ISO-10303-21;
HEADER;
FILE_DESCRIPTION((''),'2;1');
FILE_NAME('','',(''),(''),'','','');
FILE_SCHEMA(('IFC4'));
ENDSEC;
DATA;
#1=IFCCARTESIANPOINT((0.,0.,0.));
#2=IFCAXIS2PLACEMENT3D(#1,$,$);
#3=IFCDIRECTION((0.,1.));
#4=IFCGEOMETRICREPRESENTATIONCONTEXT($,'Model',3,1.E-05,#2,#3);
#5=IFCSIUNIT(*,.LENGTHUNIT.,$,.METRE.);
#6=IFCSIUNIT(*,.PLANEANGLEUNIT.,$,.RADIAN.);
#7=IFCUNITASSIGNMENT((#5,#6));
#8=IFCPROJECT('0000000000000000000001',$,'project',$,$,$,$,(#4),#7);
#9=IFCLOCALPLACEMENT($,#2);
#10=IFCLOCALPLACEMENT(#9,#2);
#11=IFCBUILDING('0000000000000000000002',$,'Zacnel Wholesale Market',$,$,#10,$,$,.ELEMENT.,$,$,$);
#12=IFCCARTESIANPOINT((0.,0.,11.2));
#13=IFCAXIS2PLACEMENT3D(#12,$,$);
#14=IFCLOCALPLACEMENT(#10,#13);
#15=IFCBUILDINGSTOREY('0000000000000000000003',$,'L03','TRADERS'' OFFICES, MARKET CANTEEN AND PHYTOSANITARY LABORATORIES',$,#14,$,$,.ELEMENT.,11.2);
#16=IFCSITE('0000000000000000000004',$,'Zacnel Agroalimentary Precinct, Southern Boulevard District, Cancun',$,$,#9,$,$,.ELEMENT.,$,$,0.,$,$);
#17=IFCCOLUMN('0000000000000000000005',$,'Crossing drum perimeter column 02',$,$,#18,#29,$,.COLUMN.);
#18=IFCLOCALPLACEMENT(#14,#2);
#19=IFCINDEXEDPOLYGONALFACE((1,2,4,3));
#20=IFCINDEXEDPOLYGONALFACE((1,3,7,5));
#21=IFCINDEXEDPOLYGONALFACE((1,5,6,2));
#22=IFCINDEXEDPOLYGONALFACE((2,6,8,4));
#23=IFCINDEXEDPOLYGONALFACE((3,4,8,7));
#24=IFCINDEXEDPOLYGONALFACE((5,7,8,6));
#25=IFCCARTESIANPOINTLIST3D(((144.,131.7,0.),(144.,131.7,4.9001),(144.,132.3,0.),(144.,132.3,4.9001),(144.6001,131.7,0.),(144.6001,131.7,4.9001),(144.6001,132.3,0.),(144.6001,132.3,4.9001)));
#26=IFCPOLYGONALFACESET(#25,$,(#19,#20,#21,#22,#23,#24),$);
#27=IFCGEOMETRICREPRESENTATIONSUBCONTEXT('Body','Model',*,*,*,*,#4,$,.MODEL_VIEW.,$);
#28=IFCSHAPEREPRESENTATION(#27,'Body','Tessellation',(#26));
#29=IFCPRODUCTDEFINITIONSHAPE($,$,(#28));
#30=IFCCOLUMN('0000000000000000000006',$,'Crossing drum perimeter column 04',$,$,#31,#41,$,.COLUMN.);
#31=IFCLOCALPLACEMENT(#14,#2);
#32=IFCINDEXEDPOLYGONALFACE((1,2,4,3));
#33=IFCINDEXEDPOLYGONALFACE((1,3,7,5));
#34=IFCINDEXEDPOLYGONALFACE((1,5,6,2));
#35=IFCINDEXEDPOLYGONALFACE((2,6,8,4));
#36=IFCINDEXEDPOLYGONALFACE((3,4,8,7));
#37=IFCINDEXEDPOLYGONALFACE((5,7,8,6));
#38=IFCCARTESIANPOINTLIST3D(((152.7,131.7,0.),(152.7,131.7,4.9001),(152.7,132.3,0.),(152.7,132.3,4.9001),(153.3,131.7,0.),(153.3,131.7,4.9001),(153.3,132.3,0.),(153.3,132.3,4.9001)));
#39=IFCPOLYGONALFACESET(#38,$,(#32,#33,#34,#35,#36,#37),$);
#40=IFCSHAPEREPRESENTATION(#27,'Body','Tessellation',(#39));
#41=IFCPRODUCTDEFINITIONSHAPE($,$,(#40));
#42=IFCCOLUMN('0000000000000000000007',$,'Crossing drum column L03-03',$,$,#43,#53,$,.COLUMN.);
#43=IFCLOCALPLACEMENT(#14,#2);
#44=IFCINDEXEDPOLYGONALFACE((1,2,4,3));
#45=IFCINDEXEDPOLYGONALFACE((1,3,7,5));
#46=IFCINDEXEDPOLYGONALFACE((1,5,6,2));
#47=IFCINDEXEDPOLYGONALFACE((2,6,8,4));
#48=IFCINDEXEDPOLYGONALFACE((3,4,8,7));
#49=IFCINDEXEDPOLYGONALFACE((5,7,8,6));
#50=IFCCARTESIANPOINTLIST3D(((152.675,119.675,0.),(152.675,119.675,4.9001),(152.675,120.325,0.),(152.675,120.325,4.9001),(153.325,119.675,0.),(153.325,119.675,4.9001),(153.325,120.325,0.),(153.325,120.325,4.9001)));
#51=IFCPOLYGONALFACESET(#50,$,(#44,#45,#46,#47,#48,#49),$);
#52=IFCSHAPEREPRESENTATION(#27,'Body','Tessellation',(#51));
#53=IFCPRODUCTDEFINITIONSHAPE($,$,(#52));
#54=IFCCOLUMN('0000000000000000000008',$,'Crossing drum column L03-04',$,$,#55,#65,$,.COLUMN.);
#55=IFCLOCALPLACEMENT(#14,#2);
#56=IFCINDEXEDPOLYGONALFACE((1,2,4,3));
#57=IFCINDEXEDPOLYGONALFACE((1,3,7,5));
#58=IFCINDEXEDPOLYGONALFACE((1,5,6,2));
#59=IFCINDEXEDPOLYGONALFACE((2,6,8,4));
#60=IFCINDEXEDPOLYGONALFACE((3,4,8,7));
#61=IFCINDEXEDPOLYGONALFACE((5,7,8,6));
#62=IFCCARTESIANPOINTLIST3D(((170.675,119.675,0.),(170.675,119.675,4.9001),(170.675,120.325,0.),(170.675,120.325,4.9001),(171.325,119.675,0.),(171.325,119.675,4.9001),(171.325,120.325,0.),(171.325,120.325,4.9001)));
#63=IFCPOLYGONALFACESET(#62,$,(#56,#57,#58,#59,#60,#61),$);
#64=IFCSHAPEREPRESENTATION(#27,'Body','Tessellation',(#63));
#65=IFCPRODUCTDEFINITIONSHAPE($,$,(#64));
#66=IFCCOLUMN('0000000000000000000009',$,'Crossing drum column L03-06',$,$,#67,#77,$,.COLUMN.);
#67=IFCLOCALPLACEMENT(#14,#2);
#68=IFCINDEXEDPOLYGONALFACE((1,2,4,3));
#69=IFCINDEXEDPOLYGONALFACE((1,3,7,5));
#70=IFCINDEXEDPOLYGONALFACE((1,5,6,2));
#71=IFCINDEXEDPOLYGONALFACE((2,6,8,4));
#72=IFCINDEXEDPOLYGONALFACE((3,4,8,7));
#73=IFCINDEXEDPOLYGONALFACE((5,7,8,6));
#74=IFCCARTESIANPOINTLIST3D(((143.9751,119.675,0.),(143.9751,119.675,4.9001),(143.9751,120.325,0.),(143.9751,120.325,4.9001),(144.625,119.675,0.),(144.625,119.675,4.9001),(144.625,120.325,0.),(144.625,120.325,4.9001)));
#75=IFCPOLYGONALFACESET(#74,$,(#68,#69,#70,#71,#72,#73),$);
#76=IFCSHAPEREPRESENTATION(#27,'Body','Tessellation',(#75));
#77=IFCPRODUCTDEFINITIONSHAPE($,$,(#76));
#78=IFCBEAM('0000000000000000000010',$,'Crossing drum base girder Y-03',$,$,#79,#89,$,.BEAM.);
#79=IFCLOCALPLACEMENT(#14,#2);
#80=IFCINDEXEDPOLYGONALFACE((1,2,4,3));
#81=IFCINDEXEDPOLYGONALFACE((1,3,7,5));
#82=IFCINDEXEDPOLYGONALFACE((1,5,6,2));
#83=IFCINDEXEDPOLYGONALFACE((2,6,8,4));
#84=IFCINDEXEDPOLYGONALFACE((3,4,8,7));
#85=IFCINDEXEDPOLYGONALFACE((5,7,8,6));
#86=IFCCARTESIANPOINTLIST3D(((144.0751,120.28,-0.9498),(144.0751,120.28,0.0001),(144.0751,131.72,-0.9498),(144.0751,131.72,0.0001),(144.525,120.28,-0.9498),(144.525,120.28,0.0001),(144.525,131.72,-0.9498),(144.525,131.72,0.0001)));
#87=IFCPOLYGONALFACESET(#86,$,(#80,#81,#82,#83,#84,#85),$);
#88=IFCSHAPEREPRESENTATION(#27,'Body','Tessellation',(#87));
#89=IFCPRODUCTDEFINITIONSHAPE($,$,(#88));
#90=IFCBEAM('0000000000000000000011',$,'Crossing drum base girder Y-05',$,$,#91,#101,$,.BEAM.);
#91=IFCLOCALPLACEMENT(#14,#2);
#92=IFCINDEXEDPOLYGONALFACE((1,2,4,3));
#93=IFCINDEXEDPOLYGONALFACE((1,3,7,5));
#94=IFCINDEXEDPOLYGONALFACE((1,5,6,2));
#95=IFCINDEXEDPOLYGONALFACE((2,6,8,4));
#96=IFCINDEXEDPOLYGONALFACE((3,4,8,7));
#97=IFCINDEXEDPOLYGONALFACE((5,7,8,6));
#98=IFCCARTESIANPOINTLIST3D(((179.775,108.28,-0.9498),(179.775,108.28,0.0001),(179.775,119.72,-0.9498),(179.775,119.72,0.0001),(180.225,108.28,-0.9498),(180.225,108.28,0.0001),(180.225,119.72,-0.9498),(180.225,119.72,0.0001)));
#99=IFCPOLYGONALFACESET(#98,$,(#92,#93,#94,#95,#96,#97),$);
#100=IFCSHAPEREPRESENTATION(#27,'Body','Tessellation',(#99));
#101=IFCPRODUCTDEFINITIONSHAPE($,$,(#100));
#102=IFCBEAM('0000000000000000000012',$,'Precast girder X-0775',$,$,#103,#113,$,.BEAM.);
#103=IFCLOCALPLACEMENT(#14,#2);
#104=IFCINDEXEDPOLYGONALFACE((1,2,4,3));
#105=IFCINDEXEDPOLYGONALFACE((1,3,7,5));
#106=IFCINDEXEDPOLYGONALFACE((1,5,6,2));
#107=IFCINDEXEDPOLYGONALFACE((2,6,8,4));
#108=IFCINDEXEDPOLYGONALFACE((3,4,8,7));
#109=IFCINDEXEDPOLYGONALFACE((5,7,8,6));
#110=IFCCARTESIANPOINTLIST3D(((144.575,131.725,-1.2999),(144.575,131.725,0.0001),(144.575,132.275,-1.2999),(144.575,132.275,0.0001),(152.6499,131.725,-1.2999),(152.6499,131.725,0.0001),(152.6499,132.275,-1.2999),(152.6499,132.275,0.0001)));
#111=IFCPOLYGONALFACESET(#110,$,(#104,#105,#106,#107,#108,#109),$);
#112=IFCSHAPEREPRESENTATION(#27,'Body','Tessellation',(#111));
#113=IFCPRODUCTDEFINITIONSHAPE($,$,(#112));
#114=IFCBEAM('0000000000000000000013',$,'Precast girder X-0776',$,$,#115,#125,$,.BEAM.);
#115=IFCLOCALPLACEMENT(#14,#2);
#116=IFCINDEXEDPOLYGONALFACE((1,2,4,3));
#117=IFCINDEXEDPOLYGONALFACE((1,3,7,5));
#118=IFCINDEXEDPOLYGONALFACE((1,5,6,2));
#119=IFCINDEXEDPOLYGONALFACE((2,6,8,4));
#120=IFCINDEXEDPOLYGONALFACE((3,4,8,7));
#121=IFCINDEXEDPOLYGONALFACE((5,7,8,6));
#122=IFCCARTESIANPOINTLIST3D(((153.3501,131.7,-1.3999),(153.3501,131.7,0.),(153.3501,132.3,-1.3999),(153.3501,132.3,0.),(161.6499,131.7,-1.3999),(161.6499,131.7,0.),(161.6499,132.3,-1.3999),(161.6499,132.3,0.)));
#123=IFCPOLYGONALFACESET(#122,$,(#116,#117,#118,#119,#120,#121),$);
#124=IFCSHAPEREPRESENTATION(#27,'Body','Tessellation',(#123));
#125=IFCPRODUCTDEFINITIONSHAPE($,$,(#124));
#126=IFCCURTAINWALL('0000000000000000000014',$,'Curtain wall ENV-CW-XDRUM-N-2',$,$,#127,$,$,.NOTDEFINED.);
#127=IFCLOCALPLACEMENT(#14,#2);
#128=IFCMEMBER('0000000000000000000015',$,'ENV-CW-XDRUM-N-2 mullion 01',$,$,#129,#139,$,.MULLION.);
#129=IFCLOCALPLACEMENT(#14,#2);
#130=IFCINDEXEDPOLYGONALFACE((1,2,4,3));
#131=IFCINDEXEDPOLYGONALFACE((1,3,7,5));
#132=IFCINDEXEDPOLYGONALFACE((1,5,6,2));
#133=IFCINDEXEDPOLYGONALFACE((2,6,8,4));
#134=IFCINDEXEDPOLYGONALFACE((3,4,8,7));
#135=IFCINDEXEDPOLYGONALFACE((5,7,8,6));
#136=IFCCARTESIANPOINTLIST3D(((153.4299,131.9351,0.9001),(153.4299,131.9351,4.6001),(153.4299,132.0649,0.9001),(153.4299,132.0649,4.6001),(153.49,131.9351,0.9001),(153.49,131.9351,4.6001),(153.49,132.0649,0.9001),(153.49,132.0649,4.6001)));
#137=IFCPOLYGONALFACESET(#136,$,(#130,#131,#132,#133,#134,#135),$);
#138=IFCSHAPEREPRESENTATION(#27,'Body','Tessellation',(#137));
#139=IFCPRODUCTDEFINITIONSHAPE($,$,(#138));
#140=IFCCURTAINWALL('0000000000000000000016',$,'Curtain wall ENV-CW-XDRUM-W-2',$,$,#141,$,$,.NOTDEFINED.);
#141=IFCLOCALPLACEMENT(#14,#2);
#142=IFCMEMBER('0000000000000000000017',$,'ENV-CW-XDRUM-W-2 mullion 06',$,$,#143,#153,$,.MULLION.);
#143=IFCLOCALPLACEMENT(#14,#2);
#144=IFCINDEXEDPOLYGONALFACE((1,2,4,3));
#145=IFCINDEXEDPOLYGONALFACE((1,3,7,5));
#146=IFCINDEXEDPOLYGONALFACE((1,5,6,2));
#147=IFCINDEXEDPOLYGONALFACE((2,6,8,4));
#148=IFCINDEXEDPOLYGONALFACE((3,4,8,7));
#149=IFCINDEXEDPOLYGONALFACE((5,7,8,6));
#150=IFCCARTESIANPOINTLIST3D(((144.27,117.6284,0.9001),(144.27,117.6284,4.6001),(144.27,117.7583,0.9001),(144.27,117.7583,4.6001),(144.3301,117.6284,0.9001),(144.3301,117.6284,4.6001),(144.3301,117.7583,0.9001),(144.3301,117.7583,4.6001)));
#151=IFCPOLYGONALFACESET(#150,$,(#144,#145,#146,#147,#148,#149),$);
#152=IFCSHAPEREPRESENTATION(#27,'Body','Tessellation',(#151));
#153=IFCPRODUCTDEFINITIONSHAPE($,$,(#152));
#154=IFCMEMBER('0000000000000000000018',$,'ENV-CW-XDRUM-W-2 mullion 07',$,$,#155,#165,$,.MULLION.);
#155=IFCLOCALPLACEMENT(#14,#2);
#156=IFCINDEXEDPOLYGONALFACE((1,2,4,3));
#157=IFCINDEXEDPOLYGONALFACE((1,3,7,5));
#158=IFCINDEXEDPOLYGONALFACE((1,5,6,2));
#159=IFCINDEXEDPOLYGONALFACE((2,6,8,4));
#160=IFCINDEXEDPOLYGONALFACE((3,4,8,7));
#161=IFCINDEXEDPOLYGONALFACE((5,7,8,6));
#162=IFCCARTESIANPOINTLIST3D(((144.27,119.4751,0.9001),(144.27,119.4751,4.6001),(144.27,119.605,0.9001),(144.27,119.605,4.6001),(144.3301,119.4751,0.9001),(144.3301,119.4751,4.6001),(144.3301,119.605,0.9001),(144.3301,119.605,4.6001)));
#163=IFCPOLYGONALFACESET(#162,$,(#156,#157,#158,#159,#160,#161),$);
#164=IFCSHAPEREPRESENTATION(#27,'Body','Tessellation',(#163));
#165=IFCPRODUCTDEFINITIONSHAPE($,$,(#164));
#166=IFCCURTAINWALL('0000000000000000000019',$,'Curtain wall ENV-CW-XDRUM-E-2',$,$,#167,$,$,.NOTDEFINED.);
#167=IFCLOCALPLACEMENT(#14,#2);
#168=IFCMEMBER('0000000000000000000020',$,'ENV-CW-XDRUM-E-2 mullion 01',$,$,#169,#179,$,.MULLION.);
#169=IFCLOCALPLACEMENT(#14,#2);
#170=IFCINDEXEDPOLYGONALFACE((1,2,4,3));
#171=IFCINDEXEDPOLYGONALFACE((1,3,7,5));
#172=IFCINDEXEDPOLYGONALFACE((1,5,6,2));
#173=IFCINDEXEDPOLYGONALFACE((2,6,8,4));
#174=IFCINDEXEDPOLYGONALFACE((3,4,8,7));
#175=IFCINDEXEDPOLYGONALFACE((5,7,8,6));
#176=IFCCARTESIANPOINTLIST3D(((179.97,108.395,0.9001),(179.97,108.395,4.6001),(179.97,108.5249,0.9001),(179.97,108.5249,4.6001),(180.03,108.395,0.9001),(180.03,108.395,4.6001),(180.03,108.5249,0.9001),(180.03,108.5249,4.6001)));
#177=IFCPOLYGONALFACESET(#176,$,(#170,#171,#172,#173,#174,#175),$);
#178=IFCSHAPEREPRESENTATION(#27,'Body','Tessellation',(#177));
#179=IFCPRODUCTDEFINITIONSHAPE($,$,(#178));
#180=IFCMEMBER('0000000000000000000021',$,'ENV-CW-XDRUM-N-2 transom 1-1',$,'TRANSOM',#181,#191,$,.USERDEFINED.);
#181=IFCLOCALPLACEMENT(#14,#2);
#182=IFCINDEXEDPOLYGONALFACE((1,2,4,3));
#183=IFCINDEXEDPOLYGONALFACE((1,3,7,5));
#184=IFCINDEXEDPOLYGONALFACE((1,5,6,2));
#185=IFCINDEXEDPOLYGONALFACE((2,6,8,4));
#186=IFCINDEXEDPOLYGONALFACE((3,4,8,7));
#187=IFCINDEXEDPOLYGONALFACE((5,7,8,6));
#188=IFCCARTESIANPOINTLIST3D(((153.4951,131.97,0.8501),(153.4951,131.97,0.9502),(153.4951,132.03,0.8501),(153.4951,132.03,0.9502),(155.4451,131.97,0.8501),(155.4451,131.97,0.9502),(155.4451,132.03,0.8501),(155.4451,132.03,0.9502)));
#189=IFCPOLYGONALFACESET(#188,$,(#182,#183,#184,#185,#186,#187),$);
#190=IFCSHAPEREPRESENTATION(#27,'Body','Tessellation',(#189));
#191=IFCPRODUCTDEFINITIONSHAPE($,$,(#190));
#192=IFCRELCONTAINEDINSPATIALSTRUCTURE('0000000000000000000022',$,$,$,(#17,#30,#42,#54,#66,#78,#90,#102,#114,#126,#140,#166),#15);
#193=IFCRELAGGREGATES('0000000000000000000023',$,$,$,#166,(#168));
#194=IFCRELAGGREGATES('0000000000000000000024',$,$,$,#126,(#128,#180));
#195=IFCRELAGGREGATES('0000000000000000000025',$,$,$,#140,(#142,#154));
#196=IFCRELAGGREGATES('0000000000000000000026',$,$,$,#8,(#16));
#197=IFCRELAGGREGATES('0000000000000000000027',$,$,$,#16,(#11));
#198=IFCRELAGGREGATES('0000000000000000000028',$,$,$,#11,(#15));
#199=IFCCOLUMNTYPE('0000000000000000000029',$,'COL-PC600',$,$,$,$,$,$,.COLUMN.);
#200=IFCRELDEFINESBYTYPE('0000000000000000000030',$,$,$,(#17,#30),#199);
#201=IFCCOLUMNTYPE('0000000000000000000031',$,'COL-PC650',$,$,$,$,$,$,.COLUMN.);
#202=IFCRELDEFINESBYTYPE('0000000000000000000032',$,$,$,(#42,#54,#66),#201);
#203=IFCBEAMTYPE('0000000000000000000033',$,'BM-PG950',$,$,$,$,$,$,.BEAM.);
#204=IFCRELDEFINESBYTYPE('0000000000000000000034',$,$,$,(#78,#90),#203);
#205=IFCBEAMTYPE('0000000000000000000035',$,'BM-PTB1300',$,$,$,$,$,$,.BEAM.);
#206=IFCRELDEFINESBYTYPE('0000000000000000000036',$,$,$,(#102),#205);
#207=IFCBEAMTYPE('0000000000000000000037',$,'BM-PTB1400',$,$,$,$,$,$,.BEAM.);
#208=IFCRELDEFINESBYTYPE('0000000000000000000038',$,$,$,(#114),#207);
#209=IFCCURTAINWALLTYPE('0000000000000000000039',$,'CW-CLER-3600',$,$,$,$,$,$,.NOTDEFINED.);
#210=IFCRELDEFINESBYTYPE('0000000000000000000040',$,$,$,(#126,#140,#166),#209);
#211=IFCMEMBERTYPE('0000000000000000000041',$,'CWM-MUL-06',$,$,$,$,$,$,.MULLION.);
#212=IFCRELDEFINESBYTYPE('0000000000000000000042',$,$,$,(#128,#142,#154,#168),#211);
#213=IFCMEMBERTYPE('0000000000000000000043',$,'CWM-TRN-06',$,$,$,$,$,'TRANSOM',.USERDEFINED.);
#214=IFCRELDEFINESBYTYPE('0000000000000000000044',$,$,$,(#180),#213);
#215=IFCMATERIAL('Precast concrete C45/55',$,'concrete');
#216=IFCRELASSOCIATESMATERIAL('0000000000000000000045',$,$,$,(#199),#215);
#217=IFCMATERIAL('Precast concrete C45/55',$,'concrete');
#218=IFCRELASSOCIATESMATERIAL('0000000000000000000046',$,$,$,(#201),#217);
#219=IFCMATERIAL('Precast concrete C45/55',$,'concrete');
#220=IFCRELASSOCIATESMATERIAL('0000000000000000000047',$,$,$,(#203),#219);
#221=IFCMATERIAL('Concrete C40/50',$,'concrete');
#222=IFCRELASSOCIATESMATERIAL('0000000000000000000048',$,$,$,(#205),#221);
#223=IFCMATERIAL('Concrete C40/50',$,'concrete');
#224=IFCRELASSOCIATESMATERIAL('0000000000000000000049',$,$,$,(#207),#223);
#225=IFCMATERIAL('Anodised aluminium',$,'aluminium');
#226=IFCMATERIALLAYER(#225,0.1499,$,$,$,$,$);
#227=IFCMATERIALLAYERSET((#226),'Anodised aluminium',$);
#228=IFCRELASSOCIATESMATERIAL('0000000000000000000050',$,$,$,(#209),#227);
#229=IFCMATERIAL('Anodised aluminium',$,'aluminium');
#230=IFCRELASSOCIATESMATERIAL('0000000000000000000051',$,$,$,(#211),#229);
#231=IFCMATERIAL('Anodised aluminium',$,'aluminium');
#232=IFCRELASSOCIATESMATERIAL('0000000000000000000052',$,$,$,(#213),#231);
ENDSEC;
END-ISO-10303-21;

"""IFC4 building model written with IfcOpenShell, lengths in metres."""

from ifc_helpers import new_model, si_unit, direction, frame, origin, origin_2d, place, context, subcontext, project, spatial, rectangle, extrude, material, layer, layer_set, material_profile, profile_set, type_object, element, aggregate, save


model = new_model("IFC4")

# Units and contexts
model_context = context("Model", 3, precision=1e-05, world=origin(), true_north=direction((0.0, 1.0)))
body_context = subcontext(model_context, "Body", "Model", "MODEL_VIEW")
ifc_project = project(units=[si_unit("LENGTHUNIT", "METRE"), si_unit("PLANEANGLEUNIT", "RADIAN")], contexts=[model_context])

# Site, building, storey
site_placement = place(None, origin())
site = spatial("IfcSite", under=ifc_project, at=site_placement, Name="Zacnel Agroalimentary Precinct, Southern Boulevard District, Cancun", CompositionType="ELEMENT", RefElevation=0.0)
building_placement = place(site_placement, origin())
building = spatial("IfcBuilding", under=site, at=building_placement, Name="Zacnel Wholesale Market", CompositionType="ELEMENT")
storey_placement = place(building_placement, frame((0.0, 0.0, 11.2)))
storey = spatial("IfcBuildingStorey", under=building, at=storey_placement, Name="L03", Description="TRADERS' OFFICES, MARKET CANTEEN AND PHYTOSANITARY LABORATORIES", CompositionType="ELEMENT", Elevation=11.2)

# Columns
ifc_material_1 = material(Name="Precast concrete C45/55", Category="concrete")
ifc_material_profile_1 = material_profile(ifc_material_1, rectangle(XDim=0.6001, YDim=0.6001, at=origin_2d()), Name="PC 600x600")
ifc_profile_set_1 = profile_set([ifc_material_profile_1], Name="Precast concrete C45/55")
column_type_1 = type_object("IfcColumnType", Name="COL-PC600", PredefinedType="COLUMN", material=ifc_profile_set_1)
for number, where, z_axis, x_axis, name in (
    (1, (144.3, 132.0, 0.0), (0.0, 0.0, 1.0), (1.0, 0.0, 0.0), "Crossing drum perimeter column 02"),
    (2, (153.0, 132.0, 0.0), (0.0, 0.0, 1.0), (1.0, 0.0, 0.0), "Crossing drum perimeter column 04"),
):
    element("IfcColumn", number, at=place(storey_placement, frame(where, z_axis=z_axis, x_axis=x_axis)), inside=storey, type_object=column_type_1, Name=name, PredefinedType="COLUMN", context=body_context, shape_type="SweptSolid", body=[
        extrude(rectangle(XDim=0.6001, YDim=0.6001, at=origin_2d()), origin(), (0.0, 0.0, 1.0), 4.9001),
    ])
ifc_material_2 = material(Name="Precast concrete C45/55", Category="concrete")
ifc_material_profile_2 = material_profile(ifc_material_2, rectangle(XDim=0.6499, YDim=0.6499, at=origin_2d()), Name="PC 650x650")
ifc_profile_set_2 = profile_set([ifc_material_profile_2], Name="Precast concrete C45/55")
column_type_2 = type_object("IfcColumnType", Name="COL-PC650", PredefinedType="COLUMN", material=ifc_profile_set_2)
for number, where, z_axis, x_axis, name in (
    (3, (153.0, 120.0, 0.0), (0.0, 0.0, 1.0), (1.0, 0.0, 0.0), "Crossing drum column L03-03"),
    (4, (171.0, 120.0, 0.0), (0.0, 0.0, 1.0), (1.0, 0.0, 0.0), "Crossing drum column L03-04"),
    (5, (144.3, 120.0, 0.0), (0.0, 0.0, 1.0), (1.0, 0.0, 0.0), "Crossing drum column L03-06"),
):
    element("IfcColumn", number, at=place(storey_placement, frame(where, z_axis=z_axis, x_axis=x_axis)), inside=storey, type_object=column_type_2, Name=name, PredefinedType="COLUMN", context=body_context, shape_type="SweptSolid", body=[
        extrude(rectangle(XDim=0.6499, YDim=0.6499, at=origin_2d()), origin(), (0.0, 0.0, 1.0), 4.9001),
    ])

# Beams
ifc_material_3 = material(Name="Precast concrete C45/55", Category="concrete")
ifc_material_profile_3 = material_profile(ifc_material_3, rectangle(XDim=0.45, YDim=0.95, at=origin_2d()), Name="PG 450x950")
ifc_profile_set_3 = profile_set([ifc_material_profile_3], Name="Precast concrete C45/55")
beam_type_1 = type_object("IfcBeamType", Name="BM-PG950", PredefinedType="BEAM", material=ifc_profile_set_3)
for number, where, z_axis, x_axis, name in (
    (6, (144.3, 120.28, -0.4749), (0.0, 1.0, 0.0), (-1.0, 0.0, 0.0), "Crossing drum base girder Y-03"),
    (7, (180.0, 108.28, -0.4749), (0.0, 1.0, 0.0), (-1.0, 0.0, 0.0), "Crossing drum base girder Y-05"),
):
    element("IfcBeam", number, at=place(storey_placement, frame(where, z_axis=z_axis, x_axis=x_axis)), inside=storey, type_object=beam_type_1, Name=name, PredefinedType="BEAM", context=body_context, shape_type="SweptSolid", body=[
        extrude(rectangle(XDim=0.45, YDim=0.95, at=origin_2d()), origin(), (0.0, 0.0, 1.0), 11.4399),
    ])
ifc_material_4 = material(Name="Concrete C40/50", Category="concrete")
ifc_material_profile_4 = material_profile(ifc_material_4, rectangle(XDim=0.55, YDim=1.3, at=origin_2d()), Name="PTB 550x1300")
ifc_profile_set_4 = profile_set([ifc_material_profile_4], Name="Concrete C40/50")
beam_type_2 = type_object("IfcBeamType", Name="BM-PTB1300", PredefinedType="BEAM", material=ifc_profile_set_4)
beam_1_placement = place(storey_placement, frame((144.575, 132.0, -0.6499), z_axis=(1.0, 0.0, 0.0), x_axis=(0.0, 1.0, 0.0)))
element("IfcBeam", 8, at=beam_1_placement, inside=storey, type_object=beam_type_2, Name="Precast girder X-0775", PredefinedType="BEAM", context=body_context, shape_type="SweptSolid", body=[
    extrude(rectangle(XDim=0.55, YDim=1.3, at=origin_2d()), origin(), (0.0, 0.0, 1.0), 8.075),
])
ifc_material_5 = material(Name="Concrete C40/50", Category="concrete")
ifc_material_profile_5 = material_profile(ifc_material_5, rectangle(XDim=0.6001, YDim=1.3999, at=origin_2d()), Name="PTB 600x1400")
ifc_profile_set_5 = profile_set([ifc_material_profile_5], Name="Concrete C40/50")
beam_type_3 = type_object("IfcBeamType", Name="BM-PTB1400", PredefinedType="BEAM", material=ifc_profile_set_5)
beam_2_placement = place(storey_placement, frame((153.3501, 132.0, -0.7), z_axis=(1.0, 0.0, 0.0), x_axis=(0.0, 1.0, 0.0)))
element("IfcBeam", 9, at=beam_2_placement, inside=storey, type_object=beam_type_3, Name="Precast girder X-0776", PredefinedType="BEAM", context=body_context, shape_type="SweptSolid", body=[
    extrude(rectangle(XDim=0.6001, YDim=1.3999, at=origin_2d()), origin(), (0.0, 0.0, 1.0), 8.2998),
])

# Curtain wall, member
ifc_material_6 = material(Name="Anodised aluminium", Category="aluminium")
ifc_layer_1 = layer(ifc_material_6, 0.1499)
ifc_layer_set_1 = layer_set([ifc_layer_1], Name="Anodised aluminium")
curtain_wall_type = type_object("IfcCurtainWallType", Name="CW-CLER-3600", PredefinedType="NOTDEFINED", material=ifc_layer_set_1)
curtain_wall_1_placement = place(storey_placement, origin())
curtain_wall_1 = element("IfcCurtainWall", 10, at=curtain_wall_1_placement, inside=storey, type_object=curtain_wall_type, Name="Curtain wall ENV-CW-XDRUM-N-2", PredefinedType="NOTDEFINED")
ifc_material_7 = material(Name="Anodised aluminium", Category="aluminium")
ifc_material_profile_6 = material_profile(ifc_material_7, rectangle(XDim=0.0601, YDim=0.1299, at=origin_2d()), Name="AW-MULLION 60x130")
ifc_profile_set_6 = profile_set([ifc_material_profile_6], Name="Anodised aluminium")
member_type_1 = type_object("IfcMemberType", Name="CWM-MUL-06", PredefinedType="MULLION", material=ifc_profile_set_6)
member_1_placement = place(storey_placement, frame((153.46, 132.0, 0.9001), z_axis=(0.0, 0.0, 1.0), x_axis=(1.0, 0.0, 0.0)))
member_1 = element("IfcMember", 11, at=member_1_placement, type_object=member_type_1, Name="ENV-CW-XDRUM-N-2 mullion 01", PredefinedType="MULLION", context=body_context, shape_type="SweptSolid", body=[
    extrude(rectangle(XDim=0.0601, YDim=0.1299, at=origin_2d()), origin(), (0.0, 0.0, 1.0), 3.7),
])

# Curtain wall, members
curtain_wall_2_placement = place(storey_placement, origin())
curtain_wall_2 = element("IfcCurtainWall", 12, at=curtain_wall_2_placement, inside=storey, type_object=curtain_wall_type, Name="Curtain wall ENV-CW-XDRUM-W-2", PredefinedType="NOTDEFINED")
member_2_placement = place(storey_placement, frame((144.3, 117.6934, 0.9001), z_axis=(0.0, 0.0, 1.0), x_axis=(1.0, 0.0, 0.0)))
member_2 = element("IfcMember", 13, at=member_2_placement, type_object=member_type_1, Name="ENV-CW-XDRUM-W-2 mullion 06", PredefinedType="MULLION", context=body_context, shape_type="SweptSolid", body=[
    extrude(rectangle(XDim=0.0601, YDim=0.1299, at=origin_2d()), origin(), (0.0, 0.0, 1.0), 3.7),
])
member_3_placement = place(storey_placement, frame((144.3, 119.54, 0.9001), z_axis=(0.0, 0.0, 1.0), x_axis=(1.0, 0.0, 0.0)))
member_3 = element("IfcMember", 14, at=member_3_placement, type_object=member_type_1, Name="ENV-CW-XDRUM-W-2 mullion 07", PredefinedType="MULLION", context=body_context, shape_type="SweptSolid", body=[
    extrude(rectangle(XDim=0.0601, YDim=0.1299, at=origin_2d()), origin(), (0.0, 0.0, 1.0), 3.7),
])

# Curtain wall, member
curtain_wall_3_placement = place(storey_placement, origin())
curtain_wall_3 = element("IfcCurtainWall", 15, at=curtain_wall_3_placement, inside=storey, type_object=curtain_wall_type, Name="Curtain wall ENV-CW-XDRUM-E-2", PredefinedType="NOTDEFINED")
member_4_placement = place(storey_placement, frame((180.0, 108.46, 0.9001), z_axis=(0.0, 0.0, 1.0), x_axis=(1.0, 0.0, 0.0)))
member_4 = element("IfcMember", 16, at=member_4_placement, type_object=member_type_1, Name="ENV-CW-XDRUM-E-2 mullion 01", PredefinedType="MULLION", context=body_context, shape_type="SweptSolid", body=[
    extrude(rectangle(XDim=0.0601, YDim=0.1299, at=origin_2d()), origin(), (0.0, 0.0, 1.0), 3.7),
])
aggregate(curtain_wall_3, [member_4])

# Member
ifc_material_8 = material(Name="Anodised aluminium", Category="aluminium")
ifc_material_profile_7 = material_profile(ifc_material_8, rectangle(XDim=0.0601, YDim=0.1001, at=origin_2d()), Name="AW-TRANSOM 60x100")
ifc_profile_set_7 = profile_set([ifc_material_profile_7], Name="Anodised aluminium")
member_type_2 = type_object("IfcMemberType", Name="CWM-TRN-06", ElementType="TRANSOM", PredefinedType="USERDEFINED", material=ifc_profile_set_7)
member_5_placement = place(storey_placement, frame((153.4951, 132.0, 0.9001), z_axis=(1.0, 0.0, 0.0), x_axis=(0.0, 1.0, 0.0)))
member_5 = element("IfcMember", 17, at=member_5_placement, type_object=member_type_2, Name="ENV-CW-XDRUM-N-2 transom 1-1", ObjectType="TRANSOM", PredefinedType="USERDEFINED", context=body_context, shape_type="SweptSolid", body=[
    extrude(rectangle(XDim=0.0601, YDim=0.1001, at=origin_2d()), origin(), (0.0, 0.0, 1.0), 1.95),
])

aggregate(curtain_wall_1, [member_1, member_5])
aggregate(curtain_wall_2, [member_2, member_3])

save(model, "model.ifc")
